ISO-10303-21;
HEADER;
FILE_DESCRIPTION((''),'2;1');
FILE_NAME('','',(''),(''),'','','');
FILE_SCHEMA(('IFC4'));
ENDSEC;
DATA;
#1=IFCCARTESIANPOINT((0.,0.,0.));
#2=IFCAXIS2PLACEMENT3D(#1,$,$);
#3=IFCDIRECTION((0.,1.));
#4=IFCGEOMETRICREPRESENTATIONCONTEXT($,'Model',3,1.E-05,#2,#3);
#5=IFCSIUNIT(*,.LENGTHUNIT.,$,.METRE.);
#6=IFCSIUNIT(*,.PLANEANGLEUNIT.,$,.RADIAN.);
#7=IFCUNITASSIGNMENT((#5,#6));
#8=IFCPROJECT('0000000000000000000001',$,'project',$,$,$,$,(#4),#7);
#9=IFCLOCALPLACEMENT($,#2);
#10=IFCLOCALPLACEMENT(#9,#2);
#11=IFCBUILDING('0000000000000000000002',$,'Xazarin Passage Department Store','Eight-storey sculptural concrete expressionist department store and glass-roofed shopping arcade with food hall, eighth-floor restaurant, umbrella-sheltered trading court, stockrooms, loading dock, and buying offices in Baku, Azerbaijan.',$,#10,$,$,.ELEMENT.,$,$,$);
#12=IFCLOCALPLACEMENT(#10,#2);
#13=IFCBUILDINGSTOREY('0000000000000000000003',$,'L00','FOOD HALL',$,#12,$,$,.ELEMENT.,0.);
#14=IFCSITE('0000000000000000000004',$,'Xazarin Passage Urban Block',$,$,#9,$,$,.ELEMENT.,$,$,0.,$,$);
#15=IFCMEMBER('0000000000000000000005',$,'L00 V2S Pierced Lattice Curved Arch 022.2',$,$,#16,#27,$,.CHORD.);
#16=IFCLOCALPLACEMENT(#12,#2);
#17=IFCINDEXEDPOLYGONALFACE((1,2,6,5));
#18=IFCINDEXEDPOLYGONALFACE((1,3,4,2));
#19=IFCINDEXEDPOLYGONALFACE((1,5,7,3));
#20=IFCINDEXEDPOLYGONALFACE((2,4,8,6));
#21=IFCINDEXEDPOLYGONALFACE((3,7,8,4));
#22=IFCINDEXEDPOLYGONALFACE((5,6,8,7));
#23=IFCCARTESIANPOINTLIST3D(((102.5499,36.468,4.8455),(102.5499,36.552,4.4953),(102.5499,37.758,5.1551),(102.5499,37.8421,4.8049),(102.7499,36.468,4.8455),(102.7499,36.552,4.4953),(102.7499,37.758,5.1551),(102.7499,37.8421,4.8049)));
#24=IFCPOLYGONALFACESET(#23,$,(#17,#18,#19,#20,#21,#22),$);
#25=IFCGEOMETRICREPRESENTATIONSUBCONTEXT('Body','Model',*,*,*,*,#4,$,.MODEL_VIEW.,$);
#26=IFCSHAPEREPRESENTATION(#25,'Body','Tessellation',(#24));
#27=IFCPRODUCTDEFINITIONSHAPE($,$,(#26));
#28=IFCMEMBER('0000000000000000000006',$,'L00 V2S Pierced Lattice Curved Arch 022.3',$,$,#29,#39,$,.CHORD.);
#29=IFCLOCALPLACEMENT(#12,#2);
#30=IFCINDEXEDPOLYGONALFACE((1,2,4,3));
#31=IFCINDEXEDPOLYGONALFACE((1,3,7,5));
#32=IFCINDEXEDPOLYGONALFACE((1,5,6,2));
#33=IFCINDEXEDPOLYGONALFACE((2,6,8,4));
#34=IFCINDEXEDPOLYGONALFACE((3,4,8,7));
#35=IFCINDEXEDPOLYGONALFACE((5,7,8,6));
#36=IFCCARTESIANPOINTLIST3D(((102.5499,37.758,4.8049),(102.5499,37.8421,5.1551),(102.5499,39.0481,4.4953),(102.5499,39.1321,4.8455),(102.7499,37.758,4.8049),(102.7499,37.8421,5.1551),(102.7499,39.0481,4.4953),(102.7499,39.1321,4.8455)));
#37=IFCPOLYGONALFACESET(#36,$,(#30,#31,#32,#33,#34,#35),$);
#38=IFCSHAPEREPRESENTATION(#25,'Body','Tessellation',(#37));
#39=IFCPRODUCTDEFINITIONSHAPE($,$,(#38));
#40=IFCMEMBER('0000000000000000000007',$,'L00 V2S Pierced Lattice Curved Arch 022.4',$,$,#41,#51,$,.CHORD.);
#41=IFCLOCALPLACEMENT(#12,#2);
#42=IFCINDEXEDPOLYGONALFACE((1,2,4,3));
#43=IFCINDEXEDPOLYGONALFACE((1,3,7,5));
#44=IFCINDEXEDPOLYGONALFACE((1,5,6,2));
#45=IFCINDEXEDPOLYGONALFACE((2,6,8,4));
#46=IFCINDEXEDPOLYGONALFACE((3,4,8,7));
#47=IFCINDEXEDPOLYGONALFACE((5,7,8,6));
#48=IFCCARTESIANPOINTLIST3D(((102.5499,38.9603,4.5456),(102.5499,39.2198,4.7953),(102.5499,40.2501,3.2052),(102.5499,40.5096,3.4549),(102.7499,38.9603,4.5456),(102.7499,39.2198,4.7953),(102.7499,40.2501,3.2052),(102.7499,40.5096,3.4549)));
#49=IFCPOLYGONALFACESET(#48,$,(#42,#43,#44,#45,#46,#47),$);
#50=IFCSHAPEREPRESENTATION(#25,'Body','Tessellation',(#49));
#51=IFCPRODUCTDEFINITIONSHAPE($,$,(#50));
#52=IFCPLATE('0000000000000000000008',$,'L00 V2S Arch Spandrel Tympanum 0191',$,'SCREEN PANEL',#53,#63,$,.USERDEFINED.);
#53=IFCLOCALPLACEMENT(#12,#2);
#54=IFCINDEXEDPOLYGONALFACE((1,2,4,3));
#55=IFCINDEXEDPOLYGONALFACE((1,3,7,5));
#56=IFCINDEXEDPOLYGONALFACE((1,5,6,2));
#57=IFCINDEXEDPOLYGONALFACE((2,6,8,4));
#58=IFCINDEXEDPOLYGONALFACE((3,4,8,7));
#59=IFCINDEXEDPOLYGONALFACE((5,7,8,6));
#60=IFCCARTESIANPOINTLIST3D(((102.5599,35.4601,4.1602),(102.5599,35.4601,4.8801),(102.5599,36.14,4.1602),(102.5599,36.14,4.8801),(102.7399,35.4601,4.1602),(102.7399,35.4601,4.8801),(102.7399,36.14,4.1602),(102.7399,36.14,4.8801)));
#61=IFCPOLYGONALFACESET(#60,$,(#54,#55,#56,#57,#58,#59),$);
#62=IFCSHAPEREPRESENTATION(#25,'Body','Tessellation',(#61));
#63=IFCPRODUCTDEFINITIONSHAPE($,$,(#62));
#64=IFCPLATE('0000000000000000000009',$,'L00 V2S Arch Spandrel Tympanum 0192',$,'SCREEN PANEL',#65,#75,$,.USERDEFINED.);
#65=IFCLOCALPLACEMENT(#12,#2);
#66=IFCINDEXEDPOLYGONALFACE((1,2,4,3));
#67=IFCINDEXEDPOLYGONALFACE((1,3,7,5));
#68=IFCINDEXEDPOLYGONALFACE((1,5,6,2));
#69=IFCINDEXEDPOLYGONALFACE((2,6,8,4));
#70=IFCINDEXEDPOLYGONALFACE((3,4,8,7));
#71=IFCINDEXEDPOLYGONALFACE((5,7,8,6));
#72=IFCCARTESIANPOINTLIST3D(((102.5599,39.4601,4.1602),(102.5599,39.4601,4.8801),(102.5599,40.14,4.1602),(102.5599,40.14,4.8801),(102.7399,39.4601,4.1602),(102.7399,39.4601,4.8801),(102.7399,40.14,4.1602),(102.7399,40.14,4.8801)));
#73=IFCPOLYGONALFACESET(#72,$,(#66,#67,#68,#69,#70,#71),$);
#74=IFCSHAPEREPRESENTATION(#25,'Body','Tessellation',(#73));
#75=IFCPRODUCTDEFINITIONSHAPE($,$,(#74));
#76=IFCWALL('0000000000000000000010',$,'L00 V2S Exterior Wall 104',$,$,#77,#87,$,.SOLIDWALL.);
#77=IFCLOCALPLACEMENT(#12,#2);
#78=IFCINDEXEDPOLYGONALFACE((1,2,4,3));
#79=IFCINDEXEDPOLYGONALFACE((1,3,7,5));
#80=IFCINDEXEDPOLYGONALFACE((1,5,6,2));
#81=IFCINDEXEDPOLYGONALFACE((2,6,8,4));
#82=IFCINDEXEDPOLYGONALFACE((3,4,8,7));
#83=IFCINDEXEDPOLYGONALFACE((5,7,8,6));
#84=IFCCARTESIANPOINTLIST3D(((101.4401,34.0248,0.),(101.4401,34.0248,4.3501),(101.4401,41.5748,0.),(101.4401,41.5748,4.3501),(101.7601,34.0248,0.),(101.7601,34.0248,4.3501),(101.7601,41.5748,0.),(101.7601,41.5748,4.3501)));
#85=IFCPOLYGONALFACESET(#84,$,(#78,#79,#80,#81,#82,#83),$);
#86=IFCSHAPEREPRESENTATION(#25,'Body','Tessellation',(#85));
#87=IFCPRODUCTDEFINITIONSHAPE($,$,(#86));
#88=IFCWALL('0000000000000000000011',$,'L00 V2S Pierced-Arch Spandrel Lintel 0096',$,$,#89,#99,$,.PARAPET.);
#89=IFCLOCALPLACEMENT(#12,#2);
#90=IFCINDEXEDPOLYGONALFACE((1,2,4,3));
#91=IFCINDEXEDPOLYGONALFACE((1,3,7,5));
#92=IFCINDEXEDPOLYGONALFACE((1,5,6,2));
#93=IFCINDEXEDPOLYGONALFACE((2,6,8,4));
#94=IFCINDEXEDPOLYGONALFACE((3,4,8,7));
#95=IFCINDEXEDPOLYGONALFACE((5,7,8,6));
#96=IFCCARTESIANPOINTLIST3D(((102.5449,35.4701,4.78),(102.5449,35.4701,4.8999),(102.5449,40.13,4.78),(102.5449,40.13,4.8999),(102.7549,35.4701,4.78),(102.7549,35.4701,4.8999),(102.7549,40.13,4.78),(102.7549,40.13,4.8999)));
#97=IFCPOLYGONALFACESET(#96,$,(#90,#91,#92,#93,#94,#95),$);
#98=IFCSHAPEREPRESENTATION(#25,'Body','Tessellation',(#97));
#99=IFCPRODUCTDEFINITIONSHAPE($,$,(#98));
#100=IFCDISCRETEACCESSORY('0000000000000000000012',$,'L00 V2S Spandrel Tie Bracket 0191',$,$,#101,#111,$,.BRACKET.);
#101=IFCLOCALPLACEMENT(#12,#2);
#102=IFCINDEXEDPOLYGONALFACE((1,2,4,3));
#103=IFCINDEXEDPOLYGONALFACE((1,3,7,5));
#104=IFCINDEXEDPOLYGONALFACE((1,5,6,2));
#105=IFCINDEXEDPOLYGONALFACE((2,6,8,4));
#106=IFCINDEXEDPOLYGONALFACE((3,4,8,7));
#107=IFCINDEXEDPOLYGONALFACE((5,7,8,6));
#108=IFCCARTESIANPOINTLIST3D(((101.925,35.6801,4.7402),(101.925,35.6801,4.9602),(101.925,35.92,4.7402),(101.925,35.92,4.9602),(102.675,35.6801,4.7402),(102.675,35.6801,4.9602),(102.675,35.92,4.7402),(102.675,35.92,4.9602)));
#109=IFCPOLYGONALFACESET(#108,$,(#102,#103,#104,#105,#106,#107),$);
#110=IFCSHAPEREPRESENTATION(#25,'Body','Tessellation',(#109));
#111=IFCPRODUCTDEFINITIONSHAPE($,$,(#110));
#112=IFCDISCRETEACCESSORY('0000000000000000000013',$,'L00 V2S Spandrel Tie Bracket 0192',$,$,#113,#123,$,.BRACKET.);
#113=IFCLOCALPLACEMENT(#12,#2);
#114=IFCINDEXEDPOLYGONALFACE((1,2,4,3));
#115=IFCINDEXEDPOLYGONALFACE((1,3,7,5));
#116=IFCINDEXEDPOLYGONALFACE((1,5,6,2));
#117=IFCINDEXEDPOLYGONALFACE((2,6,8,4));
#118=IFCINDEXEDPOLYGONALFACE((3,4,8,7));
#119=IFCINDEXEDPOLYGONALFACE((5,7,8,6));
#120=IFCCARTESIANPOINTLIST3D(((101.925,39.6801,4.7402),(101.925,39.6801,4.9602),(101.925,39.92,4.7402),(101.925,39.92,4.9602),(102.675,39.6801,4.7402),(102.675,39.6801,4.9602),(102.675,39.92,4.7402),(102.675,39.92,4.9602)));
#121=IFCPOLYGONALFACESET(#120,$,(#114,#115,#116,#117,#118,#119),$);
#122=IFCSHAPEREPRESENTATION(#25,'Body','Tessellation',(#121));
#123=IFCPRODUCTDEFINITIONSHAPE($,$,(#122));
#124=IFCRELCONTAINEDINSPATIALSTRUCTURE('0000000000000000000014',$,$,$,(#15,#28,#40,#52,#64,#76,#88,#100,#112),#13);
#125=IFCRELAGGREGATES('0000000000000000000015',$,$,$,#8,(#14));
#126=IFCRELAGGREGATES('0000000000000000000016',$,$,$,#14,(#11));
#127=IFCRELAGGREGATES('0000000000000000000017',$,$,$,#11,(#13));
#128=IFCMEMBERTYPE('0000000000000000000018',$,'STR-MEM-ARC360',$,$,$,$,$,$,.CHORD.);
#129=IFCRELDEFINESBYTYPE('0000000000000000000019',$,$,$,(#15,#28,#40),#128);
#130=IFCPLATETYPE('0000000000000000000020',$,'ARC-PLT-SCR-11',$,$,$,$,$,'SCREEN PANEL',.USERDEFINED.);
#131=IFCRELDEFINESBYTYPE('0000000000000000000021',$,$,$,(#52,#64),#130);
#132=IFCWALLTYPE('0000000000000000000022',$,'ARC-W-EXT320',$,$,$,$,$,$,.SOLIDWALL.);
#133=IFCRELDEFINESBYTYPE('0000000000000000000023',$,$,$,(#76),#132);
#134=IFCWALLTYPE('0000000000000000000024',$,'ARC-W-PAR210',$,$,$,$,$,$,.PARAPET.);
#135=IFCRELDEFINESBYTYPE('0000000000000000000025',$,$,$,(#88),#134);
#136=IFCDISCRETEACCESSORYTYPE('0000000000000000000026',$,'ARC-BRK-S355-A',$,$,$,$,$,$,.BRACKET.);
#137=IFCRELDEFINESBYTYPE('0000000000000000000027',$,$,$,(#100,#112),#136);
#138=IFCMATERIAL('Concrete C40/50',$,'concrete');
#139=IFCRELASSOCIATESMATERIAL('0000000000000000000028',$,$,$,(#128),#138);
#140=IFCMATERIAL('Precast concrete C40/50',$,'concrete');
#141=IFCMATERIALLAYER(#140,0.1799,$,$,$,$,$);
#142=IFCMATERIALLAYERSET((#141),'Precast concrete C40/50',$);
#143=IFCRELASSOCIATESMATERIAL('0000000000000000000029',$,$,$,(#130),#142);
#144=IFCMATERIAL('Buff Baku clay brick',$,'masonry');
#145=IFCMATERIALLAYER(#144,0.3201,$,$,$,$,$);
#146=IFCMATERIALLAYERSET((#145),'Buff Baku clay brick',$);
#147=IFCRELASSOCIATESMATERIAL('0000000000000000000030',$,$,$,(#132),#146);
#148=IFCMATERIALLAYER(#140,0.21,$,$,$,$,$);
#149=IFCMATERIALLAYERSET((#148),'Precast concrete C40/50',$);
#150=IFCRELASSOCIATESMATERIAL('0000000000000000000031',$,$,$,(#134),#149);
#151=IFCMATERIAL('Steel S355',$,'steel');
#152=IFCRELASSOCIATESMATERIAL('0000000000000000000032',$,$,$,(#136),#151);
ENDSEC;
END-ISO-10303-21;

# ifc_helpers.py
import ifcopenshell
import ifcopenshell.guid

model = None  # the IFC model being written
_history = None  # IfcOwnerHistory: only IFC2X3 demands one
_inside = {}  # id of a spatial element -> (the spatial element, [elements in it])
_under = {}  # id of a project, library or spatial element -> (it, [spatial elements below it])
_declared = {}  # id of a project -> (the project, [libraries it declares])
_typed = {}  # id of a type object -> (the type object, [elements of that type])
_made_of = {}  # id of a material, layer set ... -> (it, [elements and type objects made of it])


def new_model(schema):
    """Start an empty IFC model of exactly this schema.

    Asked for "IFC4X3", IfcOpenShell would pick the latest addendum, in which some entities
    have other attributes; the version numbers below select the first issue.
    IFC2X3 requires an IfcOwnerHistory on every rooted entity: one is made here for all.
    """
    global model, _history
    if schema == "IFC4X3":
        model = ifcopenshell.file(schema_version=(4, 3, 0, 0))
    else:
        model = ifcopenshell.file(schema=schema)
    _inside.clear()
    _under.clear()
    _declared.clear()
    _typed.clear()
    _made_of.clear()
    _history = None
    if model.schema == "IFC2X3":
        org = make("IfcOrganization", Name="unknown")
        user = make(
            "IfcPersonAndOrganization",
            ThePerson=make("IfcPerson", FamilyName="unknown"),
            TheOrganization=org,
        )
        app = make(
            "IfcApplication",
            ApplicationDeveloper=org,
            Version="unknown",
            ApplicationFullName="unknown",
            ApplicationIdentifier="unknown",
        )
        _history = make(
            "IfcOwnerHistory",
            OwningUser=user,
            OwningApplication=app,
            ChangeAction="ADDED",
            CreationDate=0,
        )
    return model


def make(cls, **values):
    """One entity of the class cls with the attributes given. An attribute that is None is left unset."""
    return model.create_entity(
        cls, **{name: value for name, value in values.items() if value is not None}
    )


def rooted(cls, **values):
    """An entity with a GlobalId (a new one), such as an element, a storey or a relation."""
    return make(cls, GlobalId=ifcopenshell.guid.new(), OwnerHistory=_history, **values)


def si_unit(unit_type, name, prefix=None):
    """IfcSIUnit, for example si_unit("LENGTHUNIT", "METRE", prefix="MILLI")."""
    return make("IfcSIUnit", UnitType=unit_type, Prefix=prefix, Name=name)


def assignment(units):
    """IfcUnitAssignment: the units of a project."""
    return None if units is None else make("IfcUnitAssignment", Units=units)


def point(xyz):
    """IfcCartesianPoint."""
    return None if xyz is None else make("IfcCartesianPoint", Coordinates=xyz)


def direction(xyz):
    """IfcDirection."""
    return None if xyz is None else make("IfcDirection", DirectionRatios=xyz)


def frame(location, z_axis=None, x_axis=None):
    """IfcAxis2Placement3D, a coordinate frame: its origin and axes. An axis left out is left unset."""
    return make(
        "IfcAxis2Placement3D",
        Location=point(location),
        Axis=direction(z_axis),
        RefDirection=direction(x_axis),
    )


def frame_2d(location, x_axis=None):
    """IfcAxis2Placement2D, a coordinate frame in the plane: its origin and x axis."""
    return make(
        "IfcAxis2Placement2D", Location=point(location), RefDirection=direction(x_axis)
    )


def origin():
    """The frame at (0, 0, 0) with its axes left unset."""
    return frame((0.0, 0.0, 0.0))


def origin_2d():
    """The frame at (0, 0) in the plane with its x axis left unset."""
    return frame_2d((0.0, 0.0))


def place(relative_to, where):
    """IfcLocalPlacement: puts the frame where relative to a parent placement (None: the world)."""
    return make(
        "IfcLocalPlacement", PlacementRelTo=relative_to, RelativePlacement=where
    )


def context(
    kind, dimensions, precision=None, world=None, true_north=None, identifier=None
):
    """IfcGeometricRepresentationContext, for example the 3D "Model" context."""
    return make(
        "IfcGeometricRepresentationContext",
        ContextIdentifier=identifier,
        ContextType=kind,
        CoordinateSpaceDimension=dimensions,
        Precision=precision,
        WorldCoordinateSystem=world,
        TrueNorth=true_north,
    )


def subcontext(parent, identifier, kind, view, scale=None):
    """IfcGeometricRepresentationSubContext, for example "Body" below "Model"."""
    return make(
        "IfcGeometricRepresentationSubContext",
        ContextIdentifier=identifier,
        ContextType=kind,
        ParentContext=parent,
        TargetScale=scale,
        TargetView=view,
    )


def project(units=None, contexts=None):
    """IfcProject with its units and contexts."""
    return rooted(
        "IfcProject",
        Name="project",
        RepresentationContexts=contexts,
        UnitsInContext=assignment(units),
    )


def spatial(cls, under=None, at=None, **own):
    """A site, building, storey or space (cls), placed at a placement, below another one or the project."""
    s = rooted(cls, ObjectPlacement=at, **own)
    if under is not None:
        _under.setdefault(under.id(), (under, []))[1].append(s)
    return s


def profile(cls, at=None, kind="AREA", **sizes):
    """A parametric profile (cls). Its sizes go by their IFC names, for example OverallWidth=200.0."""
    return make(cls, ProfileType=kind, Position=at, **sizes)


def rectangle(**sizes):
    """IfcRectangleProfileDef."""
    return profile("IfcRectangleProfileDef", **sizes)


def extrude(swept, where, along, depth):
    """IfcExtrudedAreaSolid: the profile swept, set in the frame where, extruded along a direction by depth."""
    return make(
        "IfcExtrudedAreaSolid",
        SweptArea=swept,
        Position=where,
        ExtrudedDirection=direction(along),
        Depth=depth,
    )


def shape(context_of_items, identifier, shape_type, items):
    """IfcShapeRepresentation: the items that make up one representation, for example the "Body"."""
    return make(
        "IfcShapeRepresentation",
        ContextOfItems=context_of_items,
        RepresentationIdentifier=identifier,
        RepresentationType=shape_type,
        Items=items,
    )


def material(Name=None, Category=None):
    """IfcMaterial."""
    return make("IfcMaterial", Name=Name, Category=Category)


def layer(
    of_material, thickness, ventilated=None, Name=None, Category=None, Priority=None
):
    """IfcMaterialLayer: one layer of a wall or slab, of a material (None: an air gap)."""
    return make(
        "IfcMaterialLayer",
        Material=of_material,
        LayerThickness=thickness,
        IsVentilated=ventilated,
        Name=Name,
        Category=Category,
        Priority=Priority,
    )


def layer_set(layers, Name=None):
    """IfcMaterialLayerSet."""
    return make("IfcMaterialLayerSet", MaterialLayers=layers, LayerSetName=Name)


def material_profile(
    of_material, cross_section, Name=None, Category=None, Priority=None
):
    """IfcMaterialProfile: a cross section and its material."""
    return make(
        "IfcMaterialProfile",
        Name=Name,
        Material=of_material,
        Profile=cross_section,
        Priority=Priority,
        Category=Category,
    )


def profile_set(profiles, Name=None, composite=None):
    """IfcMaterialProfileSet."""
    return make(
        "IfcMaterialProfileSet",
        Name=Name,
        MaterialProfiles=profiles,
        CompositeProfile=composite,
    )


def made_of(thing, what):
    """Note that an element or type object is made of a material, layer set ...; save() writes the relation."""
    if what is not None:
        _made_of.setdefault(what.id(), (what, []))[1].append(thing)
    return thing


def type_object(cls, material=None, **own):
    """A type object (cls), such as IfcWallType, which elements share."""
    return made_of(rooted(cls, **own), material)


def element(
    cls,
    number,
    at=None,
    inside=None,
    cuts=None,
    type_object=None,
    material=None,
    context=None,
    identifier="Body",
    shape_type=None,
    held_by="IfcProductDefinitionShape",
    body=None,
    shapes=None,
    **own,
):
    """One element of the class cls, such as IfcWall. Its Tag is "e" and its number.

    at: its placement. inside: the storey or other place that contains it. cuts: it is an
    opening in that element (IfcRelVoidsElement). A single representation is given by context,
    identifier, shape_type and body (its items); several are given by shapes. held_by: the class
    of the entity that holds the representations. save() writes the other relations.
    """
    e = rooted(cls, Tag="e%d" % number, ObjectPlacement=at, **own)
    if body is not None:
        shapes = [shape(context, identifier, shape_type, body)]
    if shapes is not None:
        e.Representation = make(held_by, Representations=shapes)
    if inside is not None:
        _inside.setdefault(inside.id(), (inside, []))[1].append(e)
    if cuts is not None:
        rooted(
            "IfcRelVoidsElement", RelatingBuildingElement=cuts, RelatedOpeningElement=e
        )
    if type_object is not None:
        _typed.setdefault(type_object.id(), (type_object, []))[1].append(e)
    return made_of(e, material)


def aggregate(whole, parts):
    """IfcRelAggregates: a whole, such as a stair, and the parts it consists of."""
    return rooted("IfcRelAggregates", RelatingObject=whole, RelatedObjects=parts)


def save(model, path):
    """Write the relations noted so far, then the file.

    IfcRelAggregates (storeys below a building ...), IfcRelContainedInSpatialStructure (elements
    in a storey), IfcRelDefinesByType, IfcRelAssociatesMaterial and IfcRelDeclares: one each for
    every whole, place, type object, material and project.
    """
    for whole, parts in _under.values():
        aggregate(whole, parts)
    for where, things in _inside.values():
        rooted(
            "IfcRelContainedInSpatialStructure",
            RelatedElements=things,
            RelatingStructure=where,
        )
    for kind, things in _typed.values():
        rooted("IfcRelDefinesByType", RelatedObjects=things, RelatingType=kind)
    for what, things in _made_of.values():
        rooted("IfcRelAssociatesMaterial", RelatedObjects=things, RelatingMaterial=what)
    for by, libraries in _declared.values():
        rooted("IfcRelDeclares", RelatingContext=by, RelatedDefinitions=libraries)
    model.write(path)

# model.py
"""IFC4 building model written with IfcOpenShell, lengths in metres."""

from ifc_helpers import new_model, si_unit, direction, frame, frame_2d, origin, origin_2d, place, context, subcontext, project, spatial, rectangle, extrude, material, layer, layer_set, material_profile, profile_set, type_object, element, save


model = new_model("IFC4")

# Units and contexts
model_context = context("Model", 3, precision=1e-05, world=origin(), true_north=direction((0.0, 1.0)))
body_context = subcontext(model_context, "Body", "Model", "MODEL_VIEW")
ifc_project = project(units=[si_unit("LENGTHUNIT", "METRE"), si_unit("PLANEANGLEUNIT", "RADIAN")], contexts=[model_context])

# Site, building, storey
site_placement = place(None, origin())
site = spatial("IfcSite", under=ifc_project, at=site_placement, Name="Xazarin Passage Urban Block", CompositionType="ELEMENT", RefElevation=0.0)
building_placement = place(site_placement, origin())
building = spatial("IfcBuilding", under=site, at=building_placement, Name="Xazarin Passage Department Store", Description="Eight-storey sculptural concrete expressionist department store and glass-roofed shopping arcade with food hall, eighth-floor restaurant, umbrella-sheltered trading court, stockrooms, loading dock, and buying offices in Baku, Azerbaijan.", CompositionType="ELEMENT")
storey_placement = place(building_placement, origin())
storey = spatial("IfcBuildingStorey", under=building, at=storey_placement, Name="L00", Description="FOOD HALL", CompositionType="ELEMENT", Elevation=0.0)

# Shared definitions
ifc_material_1 = material(Name="Concrete C40/50", Category="concrete")

# Members
ifc_material_profile_1 = material_profile(ifc_material_1, rectangle(XDim=0.2, YDim=0.3601, at=origin_2d()), Name="RC 200x360")
ifc_profile_set_1 = profile_set([ifc_material_profile_1], Name="Concrete C40/50")
member_type = type_object("IfcMemberType", Name="STR-MEM-ARC360", PredefinedType="CHORD", material=ifc_profile_set_1)
for number, where, z_axis, x_axis, name in (
    (1, (102.6499, 36.51, 4.6704), (0.0, 0.972394, 0.233345), (-1.0, 0.0, 0.0), "L00 V2S Pierced Lattice Curved Arch 022.2"),
    (2, (102.6499, 37.8, 4.98), (0.0, 0.972394, -0.233345), (-1.0, 0.0, 0.0), "L00 V2S Pierced Lattice Curved Arch 022.3"),
):
    element("IfcMember", number, at=place(storey_placement, frame(where, z_axis=z_axis, x_axis=x_axis)), inside=storey, type_object=member_type, Name=name, PredefinedType="CHORD", context=body_context, shape_type="SweptSolid", body=[
        extrude(rectangle(XDim=0.2, YDim=0.3601, at=origin_2d()), origin(), (0.0, 0.0, 1.0), 1.3267),
    ])
member_1_placement = place(storey_placement, frame((102.6499, 39.0901, 4.6704), z_axis=(0.0, 0.693392, -0.720561), x_axis=(-1.0, 0.0, 0.0)))
element("IfcMember", 3, at=member_1_placement, inside=storey, type_object=member_type, Name="L00 V2S Pierced Lattice Curved Arch 022.4", PredefinedType="CHORD", context=body_context, shape_type="SweptSolid", body=[
    extrude(rectangle(XDim=0.2, YDim=0.3601, at=origin_2d()), origin(), (0.0, 0.0, 1.0), 1.8601),
])

# Plates
ifc_material_2 = material(Name="Precast concrete C40/50", Category="concrete")
ifc_layer_1 = layer(ifc_material_2, 0.1799)
ifc_layer_set_1 = layer_set([ifc_layer_1], Name="Precast concrete C40/50")
plate_type = type_object("IfcPlateType", Name="ARC-PLT-SCR-11", ElementType="SCREEN PANEL", PredefinedType="USERDEFINED", material=ifc_layer_set_1)
for number, where, z_axis, x_axis, name in (
    (4, (102.6499, 35.8, 4.1602), (0.0, 0.0, 1.0), (0.0, 1.0, 0.0), "L00 V2S Arch Spandrel Tympanum 0191"),
    (5, (102.6499, 39.8, 4.1602), (0.0, 0.0, 1.0), (0.0, 1.0, 0.0), "L00 V2S Arch Spandrel Tympanum 0192"),
):
    element("IfcPlate", number, at=place(storey_placement, frame(where, z_axis=z_axis, x_axis=x_axis)), inside=storey, type_object=plate_type, Name=name, ObjectType="SCREEN PANEL", PredefinedType="USERDEFINED", context=body_context, shape_type="SweptSolid", body=[
        extrude(rectangle(XDim=0.6799, YDim=0.1799, at=origin_2d()), origin(), (0.0, 0.0, 1.0), 0.72),
    ])

# Walls
ifc_material_3 = material(Name="Buff Baku clay brick", Category="masonry")
ifc_layer_2 = layer(ifc_material_3, 0.3201)
ifc_layer_set_2 = layer_set([ifc_layer_2], Name="Buff Baku clay brick")
wall_type_1 = type_object("IfcWallType", Name="ARC-W-EXT320", PredefinedType="SOLIDWALL", material=ifc_layer_set_2)
wall_1_placement = place(storey_placement, frame((101.6001, 34.0249, 0.0), z_axis=(0.0, 0.0, 1.0), x_axis=(0.0, 1.0, 0.0)))
element("IfcWall", 6, at=wall_1_placement, inside=storey, type_object=wall_type_1, Name="L00 V2S Exterior Wall 104", PredefinedType="SOLIDWALL", context=body_context, shape_type="SweptSolid", body=[
    extrude(rectangle(XDim=7.55, YDim=0.3201, at=frame_2d((3.7749, 0.0))), origin(), (0.0, 0.0, 1.0), 4.3501),
])
ifc_layer_3 = layer(ifc_material_2, 0.21)
ifc_layer_set_3 = layer_set([ifc_layer_3], Name="Precast concrete C40/50")
wall_type_2 = type_object("IfcWallType", Name="ARC-W-PAR210", PredefinedType="PARAPET", material=ifc_layer_set_3)
wall_2_placement = place(storey_placement, frame((102.6499, 35.47, 4.78), z_axis=(0.0, 0.0, 1.0), x_axis=(0.0, 1.0, 0.0)))
element("IfcWall", 7, at=wall_2_placement, inside=storey, type_object=wall_type_2, Name="L00 V2S Pierced-Arch Spandrel Lintel 0096", PredefinedType="PARAPET", context=body_context, shape_type="SweptSolid", body=[
    extrude(rectangle(XDim=4.6599, YDim=0.21, at=frame_2d((2.3301, 0.0))), origin(), (0.0, 0.0, 1.0), 0.1199),
])

# Discrete accessories
ifc_material_4 = material(Name="Steel S355", Category="steel")
discrete_accessory_type = type_object("IfcDiscreteAccessoryType", Name="ARC-BRK-S355-A", PredefinedType="BRACKET", material=ifc_material_4)
for number, where, z_axis, x_axis, name in (
    (8, (102.3, 35.8, 4.7402), (0.0, 0.0, 1.0), (0.0, 1.0, 0.0), "L00 V2S Spandrel Tie Bracket 0191"),
    (9, (102.3, 39.8, 4.7402), (0.0, 0.0, 1.0), (0.0, 1.0, 0.0), "L00 V2S Spandrel Tie Bracket 0192"),
):
    element("IfcDiscreteAccessory", number, at=place(storey_placement, frame(where, z_axis=z_axis, x_axis=x_axis)), inside=storey, type_object=discrete_accessory_type, Name=name, PredefinedType="BRACKET", context=body_context, shape_type="SweptSolid", body=[
        extrude(rectangle(XDim=0.24, YDim=0.75, at=origin_2d()), origin(), (0.0, 0.0, 1.0), 0.22),
    ])

save(model, "model.ifc")
